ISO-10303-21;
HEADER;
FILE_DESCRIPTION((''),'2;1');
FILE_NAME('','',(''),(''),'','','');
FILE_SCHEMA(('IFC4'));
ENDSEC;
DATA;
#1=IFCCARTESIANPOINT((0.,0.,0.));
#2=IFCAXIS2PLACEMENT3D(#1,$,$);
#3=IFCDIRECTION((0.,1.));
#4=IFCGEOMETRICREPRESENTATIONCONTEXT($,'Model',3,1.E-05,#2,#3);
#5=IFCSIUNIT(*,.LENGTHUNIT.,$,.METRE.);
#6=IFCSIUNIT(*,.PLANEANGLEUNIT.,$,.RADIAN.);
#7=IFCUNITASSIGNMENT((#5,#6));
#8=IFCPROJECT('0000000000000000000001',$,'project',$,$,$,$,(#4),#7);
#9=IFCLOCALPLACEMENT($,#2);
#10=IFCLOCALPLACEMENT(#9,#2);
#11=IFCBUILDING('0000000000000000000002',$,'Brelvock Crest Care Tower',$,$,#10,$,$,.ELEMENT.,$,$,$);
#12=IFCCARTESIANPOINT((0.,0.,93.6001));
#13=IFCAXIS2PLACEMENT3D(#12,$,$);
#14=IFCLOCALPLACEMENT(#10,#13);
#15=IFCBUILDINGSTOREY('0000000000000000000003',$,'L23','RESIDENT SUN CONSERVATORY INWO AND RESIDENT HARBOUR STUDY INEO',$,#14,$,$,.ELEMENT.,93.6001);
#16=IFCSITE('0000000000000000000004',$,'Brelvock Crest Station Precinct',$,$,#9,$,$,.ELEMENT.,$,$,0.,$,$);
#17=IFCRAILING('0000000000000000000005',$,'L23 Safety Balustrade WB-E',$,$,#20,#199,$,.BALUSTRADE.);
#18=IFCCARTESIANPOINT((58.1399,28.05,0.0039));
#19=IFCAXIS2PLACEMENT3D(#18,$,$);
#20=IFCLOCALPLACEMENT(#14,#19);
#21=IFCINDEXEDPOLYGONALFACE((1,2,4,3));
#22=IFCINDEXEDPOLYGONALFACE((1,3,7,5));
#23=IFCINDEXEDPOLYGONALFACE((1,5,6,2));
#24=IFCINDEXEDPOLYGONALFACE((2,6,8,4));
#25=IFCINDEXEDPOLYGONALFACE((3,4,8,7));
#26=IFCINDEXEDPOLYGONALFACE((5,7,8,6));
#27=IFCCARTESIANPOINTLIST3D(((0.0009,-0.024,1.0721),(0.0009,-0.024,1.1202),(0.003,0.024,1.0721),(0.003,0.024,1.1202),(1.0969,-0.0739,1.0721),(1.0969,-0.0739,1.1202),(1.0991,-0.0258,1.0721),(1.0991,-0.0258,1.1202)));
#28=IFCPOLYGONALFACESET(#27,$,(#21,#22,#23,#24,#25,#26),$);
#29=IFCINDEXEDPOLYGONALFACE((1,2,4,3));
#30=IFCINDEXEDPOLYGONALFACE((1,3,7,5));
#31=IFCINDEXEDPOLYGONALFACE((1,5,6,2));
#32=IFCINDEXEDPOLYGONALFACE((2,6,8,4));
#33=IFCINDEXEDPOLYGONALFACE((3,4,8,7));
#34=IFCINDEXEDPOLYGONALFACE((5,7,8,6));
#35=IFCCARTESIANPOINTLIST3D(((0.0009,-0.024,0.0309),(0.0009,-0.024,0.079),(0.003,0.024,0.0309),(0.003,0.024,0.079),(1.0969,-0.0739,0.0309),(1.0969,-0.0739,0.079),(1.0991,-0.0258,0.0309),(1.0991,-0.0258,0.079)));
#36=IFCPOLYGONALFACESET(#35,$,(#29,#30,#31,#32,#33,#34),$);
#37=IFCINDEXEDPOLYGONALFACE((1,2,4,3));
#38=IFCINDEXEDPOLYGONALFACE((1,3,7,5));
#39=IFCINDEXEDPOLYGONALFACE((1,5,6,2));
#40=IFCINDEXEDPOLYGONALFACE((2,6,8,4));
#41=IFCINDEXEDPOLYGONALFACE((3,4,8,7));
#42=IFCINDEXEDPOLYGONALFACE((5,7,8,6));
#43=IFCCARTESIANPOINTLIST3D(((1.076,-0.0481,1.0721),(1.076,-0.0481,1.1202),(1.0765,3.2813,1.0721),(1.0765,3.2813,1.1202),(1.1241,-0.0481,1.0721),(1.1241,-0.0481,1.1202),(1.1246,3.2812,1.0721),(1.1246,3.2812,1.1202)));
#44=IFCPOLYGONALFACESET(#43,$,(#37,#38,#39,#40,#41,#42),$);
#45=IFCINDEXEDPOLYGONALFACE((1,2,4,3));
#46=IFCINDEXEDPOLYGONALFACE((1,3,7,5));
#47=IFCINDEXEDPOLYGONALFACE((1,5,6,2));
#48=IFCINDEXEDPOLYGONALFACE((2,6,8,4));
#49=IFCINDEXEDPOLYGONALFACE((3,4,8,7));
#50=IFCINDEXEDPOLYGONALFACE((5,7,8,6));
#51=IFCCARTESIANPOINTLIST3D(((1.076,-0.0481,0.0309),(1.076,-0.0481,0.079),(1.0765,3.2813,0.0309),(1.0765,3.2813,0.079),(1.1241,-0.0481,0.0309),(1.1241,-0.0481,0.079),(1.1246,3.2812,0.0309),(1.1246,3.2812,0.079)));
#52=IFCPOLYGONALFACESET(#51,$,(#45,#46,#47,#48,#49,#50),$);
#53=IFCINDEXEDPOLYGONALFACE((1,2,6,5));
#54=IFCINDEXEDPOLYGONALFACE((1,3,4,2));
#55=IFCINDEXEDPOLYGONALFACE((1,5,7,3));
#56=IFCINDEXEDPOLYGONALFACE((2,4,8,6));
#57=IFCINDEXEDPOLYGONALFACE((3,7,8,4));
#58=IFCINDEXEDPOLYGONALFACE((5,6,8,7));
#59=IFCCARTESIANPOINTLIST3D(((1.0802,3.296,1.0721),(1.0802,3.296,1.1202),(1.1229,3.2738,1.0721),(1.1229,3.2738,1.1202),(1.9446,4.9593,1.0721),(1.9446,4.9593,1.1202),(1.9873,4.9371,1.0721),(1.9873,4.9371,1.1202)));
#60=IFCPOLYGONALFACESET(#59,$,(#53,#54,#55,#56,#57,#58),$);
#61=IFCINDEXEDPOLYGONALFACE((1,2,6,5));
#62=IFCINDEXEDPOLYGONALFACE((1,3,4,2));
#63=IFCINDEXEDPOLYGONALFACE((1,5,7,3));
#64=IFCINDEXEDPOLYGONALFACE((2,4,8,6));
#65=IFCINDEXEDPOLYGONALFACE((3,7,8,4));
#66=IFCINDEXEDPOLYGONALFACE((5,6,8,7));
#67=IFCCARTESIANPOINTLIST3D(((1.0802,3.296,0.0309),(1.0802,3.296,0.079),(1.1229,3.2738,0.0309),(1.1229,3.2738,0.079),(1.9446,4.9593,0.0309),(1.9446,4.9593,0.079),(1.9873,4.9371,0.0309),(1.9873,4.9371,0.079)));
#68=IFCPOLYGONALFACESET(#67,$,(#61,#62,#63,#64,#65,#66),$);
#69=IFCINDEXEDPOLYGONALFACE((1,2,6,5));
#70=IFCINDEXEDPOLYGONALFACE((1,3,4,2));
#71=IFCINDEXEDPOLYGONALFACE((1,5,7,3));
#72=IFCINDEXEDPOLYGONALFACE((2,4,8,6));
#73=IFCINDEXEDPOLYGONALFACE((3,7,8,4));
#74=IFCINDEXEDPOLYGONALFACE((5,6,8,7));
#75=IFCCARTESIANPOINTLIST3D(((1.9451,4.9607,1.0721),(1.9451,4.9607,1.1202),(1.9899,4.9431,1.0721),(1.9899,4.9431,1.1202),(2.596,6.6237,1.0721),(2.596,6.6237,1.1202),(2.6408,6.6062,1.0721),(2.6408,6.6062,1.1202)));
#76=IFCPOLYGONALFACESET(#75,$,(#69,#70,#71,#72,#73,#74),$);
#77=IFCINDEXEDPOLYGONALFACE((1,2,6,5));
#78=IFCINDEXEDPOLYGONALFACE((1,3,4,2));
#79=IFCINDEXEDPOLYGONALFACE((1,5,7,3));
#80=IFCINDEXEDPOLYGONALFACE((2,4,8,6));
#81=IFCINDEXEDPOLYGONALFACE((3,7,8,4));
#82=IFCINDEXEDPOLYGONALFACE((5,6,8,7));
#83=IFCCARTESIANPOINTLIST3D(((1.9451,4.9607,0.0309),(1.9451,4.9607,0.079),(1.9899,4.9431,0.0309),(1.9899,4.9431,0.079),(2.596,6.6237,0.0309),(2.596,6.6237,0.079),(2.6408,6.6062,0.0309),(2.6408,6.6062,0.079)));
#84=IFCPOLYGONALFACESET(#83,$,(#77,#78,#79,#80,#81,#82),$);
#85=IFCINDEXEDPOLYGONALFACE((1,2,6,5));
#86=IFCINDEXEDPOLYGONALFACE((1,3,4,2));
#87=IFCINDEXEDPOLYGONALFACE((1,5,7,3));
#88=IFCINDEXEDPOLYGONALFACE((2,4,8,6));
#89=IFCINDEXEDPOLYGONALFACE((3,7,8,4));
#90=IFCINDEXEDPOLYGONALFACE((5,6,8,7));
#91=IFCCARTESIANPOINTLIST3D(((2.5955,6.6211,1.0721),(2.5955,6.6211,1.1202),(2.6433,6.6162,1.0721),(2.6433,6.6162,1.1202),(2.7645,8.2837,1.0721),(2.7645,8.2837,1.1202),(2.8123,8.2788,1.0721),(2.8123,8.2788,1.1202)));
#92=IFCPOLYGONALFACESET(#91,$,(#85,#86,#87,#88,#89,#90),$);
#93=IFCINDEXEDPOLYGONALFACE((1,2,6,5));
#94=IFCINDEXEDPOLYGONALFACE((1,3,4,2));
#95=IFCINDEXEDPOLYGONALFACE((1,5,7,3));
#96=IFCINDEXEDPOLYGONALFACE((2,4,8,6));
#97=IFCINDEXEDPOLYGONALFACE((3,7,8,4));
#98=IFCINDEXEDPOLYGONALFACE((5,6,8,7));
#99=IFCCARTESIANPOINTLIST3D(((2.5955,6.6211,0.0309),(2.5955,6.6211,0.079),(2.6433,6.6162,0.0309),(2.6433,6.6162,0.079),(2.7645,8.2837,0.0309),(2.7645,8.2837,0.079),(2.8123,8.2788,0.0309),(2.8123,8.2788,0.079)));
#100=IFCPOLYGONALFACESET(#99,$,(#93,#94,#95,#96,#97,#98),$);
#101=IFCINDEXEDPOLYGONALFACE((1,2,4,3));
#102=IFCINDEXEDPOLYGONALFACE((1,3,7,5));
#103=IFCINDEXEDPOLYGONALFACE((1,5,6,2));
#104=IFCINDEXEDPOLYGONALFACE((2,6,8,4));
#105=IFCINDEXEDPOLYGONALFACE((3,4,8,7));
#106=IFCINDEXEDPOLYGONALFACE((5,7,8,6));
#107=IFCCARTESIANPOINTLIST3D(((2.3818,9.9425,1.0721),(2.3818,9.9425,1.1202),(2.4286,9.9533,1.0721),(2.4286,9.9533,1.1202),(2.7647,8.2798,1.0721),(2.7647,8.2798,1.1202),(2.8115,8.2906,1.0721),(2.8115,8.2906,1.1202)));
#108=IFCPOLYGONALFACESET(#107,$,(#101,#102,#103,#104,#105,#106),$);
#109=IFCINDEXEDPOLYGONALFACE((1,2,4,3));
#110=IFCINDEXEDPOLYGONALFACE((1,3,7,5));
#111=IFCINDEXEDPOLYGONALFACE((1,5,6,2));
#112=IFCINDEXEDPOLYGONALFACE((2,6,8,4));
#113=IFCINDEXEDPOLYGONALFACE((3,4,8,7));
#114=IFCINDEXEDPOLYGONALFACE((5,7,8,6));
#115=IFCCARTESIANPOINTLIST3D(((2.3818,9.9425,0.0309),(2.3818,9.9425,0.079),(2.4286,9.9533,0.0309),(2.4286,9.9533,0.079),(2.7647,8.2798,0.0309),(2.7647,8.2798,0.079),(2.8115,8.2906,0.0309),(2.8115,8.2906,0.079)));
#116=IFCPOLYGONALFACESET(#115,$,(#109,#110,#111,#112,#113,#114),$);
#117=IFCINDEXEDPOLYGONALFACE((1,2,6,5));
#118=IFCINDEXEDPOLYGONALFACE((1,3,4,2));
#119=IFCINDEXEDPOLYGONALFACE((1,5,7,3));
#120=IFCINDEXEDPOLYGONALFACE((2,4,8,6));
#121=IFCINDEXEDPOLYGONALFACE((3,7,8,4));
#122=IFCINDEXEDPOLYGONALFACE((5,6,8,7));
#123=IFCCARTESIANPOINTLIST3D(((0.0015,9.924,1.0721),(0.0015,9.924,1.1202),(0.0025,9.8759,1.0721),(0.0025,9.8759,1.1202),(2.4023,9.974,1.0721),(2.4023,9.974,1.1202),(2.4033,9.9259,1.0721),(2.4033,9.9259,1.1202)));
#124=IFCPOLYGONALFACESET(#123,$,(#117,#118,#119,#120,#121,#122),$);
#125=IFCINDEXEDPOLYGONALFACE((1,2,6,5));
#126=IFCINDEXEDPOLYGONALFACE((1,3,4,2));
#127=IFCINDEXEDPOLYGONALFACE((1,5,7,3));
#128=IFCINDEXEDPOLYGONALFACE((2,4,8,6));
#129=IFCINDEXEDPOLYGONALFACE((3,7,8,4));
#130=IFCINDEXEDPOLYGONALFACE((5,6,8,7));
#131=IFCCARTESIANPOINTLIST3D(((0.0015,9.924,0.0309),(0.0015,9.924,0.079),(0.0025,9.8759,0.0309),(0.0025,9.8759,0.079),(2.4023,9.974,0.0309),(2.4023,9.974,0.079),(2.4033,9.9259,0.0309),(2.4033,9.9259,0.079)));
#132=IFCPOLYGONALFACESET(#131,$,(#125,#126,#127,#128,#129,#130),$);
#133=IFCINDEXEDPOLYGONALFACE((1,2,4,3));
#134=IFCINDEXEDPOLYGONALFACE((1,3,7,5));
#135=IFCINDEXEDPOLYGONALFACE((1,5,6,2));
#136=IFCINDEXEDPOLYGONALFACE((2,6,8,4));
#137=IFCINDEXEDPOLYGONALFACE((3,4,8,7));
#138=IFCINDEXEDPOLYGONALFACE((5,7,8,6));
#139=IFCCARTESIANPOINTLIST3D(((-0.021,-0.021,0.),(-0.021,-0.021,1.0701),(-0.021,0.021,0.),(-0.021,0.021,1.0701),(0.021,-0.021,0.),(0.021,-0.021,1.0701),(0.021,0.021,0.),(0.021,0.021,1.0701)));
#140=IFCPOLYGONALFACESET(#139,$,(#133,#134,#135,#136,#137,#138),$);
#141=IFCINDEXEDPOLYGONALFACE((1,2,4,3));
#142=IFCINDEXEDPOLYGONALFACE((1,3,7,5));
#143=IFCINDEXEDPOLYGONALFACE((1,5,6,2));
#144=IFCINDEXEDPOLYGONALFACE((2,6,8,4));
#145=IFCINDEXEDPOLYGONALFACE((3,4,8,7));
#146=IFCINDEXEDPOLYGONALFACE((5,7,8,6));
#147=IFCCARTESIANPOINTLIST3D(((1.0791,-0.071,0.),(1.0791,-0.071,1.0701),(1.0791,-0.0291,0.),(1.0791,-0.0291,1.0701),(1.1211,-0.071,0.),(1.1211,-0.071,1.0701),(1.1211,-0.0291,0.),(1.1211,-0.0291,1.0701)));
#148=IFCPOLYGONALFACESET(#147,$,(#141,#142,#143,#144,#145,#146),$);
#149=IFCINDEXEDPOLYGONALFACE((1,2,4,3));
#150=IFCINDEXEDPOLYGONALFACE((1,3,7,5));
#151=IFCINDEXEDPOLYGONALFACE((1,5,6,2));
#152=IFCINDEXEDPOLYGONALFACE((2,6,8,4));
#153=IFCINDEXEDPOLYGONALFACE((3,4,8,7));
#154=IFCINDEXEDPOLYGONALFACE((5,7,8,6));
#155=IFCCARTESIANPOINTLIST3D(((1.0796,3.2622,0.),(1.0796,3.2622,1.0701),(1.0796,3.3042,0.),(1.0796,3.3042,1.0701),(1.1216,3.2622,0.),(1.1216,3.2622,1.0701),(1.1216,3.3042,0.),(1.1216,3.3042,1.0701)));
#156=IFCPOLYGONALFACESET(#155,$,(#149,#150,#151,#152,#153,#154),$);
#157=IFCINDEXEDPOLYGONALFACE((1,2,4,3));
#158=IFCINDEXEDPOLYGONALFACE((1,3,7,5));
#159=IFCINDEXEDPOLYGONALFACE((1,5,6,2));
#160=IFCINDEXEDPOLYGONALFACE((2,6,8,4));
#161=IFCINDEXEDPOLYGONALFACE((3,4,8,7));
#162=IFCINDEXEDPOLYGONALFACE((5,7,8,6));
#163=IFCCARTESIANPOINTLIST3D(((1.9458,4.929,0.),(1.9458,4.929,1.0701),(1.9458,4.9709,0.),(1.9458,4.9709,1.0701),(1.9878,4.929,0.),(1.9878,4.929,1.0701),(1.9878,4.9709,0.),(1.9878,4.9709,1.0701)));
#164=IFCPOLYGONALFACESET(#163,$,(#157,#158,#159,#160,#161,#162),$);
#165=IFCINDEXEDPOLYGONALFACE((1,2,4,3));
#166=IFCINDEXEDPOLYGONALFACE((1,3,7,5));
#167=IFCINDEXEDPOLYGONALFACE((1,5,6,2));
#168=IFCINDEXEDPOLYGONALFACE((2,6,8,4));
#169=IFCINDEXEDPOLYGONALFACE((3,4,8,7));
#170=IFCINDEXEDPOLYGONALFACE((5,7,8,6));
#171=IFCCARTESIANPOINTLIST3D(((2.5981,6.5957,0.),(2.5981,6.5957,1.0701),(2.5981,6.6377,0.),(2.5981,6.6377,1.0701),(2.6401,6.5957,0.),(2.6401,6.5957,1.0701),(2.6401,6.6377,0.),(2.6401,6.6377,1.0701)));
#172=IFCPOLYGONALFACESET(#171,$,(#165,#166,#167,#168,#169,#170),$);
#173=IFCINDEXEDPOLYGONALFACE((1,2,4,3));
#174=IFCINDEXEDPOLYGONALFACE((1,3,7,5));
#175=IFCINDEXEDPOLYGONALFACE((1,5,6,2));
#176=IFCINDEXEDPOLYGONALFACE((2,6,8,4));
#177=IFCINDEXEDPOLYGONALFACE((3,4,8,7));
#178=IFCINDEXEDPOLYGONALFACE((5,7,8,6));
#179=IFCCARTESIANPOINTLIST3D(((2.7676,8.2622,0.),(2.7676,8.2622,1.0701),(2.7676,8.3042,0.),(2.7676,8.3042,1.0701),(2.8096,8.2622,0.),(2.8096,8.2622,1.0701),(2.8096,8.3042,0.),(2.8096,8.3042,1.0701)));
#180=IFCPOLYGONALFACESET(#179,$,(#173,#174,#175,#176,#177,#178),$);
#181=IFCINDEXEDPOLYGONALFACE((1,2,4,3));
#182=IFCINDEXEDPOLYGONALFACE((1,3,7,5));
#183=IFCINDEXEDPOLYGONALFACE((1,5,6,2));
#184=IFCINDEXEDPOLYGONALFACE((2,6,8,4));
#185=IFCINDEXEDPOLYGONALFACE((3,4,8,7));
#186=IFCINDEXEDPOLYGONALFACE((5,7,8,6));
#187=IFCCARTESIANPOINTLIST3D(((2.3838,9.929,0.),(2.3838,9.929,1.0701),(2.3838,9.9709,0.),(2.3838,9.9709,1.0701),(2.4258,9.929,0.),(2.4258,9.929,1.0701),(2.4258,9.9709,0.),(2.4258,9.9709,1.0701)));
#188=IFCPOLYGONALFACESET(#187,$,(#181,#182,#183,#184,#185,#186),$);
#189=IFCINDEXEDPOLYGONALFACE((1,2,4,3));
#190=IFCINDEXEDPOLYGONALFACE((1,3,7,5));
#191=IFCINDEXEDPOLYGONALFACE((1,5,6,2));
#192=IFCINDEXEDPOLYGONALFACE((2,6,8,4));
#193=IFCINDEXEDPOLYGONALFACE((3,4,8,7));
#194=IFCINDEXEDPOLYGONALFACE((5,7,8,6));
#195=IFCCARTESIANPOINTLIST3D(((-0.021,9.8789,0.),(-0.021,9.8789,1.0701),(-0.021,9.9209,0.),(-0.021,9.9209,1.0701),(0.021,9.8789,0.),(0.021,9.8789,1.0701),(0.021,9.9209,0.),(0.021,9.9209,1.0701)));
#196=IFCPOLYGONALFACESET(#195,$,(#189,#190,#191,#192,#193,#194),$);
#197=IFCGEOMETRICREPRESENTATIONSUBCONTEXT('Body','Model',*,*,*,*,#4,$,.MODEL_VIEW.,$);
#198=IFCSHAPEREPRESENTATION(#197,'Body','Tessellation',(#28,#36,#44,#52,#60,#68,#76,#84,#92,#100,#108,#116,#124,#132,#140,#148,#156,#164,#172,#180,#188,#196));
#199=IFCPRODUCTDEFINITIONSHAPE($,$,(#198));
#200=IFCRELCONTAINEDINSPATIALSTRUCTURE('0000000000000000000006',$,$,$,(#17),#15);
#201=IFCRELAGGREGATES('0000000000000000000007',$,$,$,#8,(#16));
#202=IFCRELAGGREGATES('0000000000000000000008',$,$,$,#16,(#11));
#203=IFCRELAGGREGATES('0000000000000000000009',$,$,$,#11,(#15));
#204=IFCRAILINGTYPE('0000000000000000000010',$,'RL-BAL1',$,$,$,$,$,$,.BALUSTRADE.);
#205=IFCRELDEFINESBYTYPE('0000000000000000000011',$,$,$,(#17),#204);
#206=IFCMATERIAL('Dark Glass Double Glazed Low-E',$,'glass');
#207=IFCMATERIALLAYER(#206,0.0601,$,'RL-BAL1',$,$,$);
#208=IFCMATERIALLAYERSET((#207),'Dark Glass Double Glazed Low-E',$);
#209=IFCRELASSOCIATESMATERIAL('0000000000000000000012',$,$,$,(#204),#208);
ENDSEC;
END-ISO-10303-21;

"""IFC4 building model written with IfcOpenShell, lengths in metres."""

from ifc_helpers import new_model, si_unit, direction, frame, origin, origin_2d, place, context, subcontext, project, spatial, rectangle, extrude, material, layer, layer_set, type_object, element, save


model = new_model("IFC4")

# Units and contexts
model_context = context("Model", 3, precision=1e-05, world=origin(), true_north=direction((0.0, 1.0)))
body_context = subcontext(model_context, "Body", "Model", "MODEL_VIEW")
ifc_project = project(units=[si_unit("LENGTHUNIT", "METRE"), si_unit("PLANEANGLEUNIT", "RADIAN")], contexts=[model_context])

# Site, building, storey
site_placement = place(None, origin())
site = spatial("IfcSite", under=ifc_project, at=site_placement, Name="Brelvock Crest Station Precinct", CompositionType="ELEMENT", RefElevation=0.0)
building_placement = place(site_placement, origin())
building = spatial("IfcBuilding", under=site, at=building_placement, Name="Brelvock Crest Care Tower", CompositionType="ELEMENT")
storey_placement = place(building_placement, frame((0.0, 0.0, 93.6001)))
storey = spatial("IfcBuildingStorey", under=building, at=storey_placement, Name="L23", Description="RESIDENT SUN CONSERVATORY INWO AND RESIDENT HARBOUR STUDY INEO", CompositionType="ELEMENT", Elevation=93.6001)

# Shared definitions
ifc_material_1 = material(Name="Dark Glass Double Glazed Low-E", Category="glass")

# Railing
ifc_layer_1 = layer(ifc_material_1, 0.0601, Name="RL-BAL1")
ifc_layer_set_1 = layer_set([ifc_layer_1], Name="Dark Glass Double Glazed Low-E")
railing_type = type_object("IfcRailingType", Name="RL-BAL1", PredefinedType="BALUSTRADE", material=ifc_layer_set_1)
railing_placement = place(storey_placement, frame((58.1399, 28.05, 0.0039)))
element("IfcRailing", 1, at=railing_placement, inside=storey, type_object=railing_type, Name="L23 Safety Balustrade WB-E", PredefinedType="BALUSTRADE", context=body_context, shape_type="SweptSolid", body=[
    extrude(rectangle(XDim=0.0481, YDim=0.0481, at=origin_2d()), frame((0.002, 0.0, 1.0962), z_axis=(0.998967, -0.045448, 0.0), x_axis=(0.045448, 0.998967, 0.0)), (0.0, 0.0, 1.0), 1.0972),
    extrude(rectangle(XDim=0.0481, YDim=0.0481, at=origin_2d()), frame((0.002, 0.0, 0.0549), z_axis=(0.998967, -0.045448, 0.0), x_axis=(0.045448, 0.998967, 0.0)), (0.0, 0.0, 1.0), 1.0972),
    extrude(rectangle(XDim=0.0481, YDim=0.0481, at=origin_2d()), frame((1.1001, -0.0481, 1.0962), z_axis=(0.000146, 1.0, 0.0), x_axis=(-1.0, 0.000146, 0.0)), (0.0, 0.0, 1.0), 3.3293),
    extrude(rectangle(XDim=0.0481, YDim=0.0481, at=origin_2d()), frame((1.1001, -0.0481, 0.0549), z_axis=(0.000146, 1.0, 0.0), x_axis=(-1.0, 0.000146, 0.0)), (0.0, 0.0, 1.0), 3.3293),
    extrude(rectangle(XDim=0.0481, YDim=0.0481, at=origin_2d()), frame((1.1016, 3.2849, 1.0962), z_axis=(0.461144, 0.887325, 0.0), x_axis=(-0.887325, 0.461144, 0.0)), (0.0, 0.0, 1.0), 1.8745),
    extrude(rectangle(XDim=0.0481, YDim=0.0481, at=origin_2d()), frame((1.1016, 3.2849, 0.0549), z_axis=(0.461144, 0.887325, 0.0), x_axis=(-0.887325, 0.461144, 0.0)), (0.0, 0.0, 1.0), 1.8745),
    extrude(rectangle(XDim=0.0481, YDim=0.0481, at=origin_2d()), frame((1.9675, 4.9519, 1.0962), z_axis=(0.364466, 0.931217, 0.0), x_axis=(-0.931217, 0.364466, 0.0)), (0.0, 0.0, 1.0), 1.7859),
    extrude(rectangle(XDim=0.0481, YDim=0.0481, at=origin_2d()), frame((1.9675, 4.9519, 0.0549), z_axis=(0.364466, 0.931217, 0.0), x_axis=(-0.931217, 0.364466, 0.0)), (0.0, 0.0, 1.0), 1.7859),
    extrude(rectangle(XDim=0.0481, YDim=0.0481, at=origin_2d()), frame((2.6194, 6.6187, 1.0962), z_axis=(0.101149, 0.994871, 0.0), x_axis=(-0.994871, 0.101149, 0.0)), (0.0, 0.0, 1.0), 1.6711),
    extrude(rectangle(XDim=0.0481, YDim=0.0481, at=origin_2d()), frame((2.6194, 6.6187, 0.0549), z_axis=(0.101149, 0.994871, 0.0), x_axis=(-0.994871, 0.101149, 0.0)), (0.0, 0.0, 1.0), 1.6711),
    extrude(rectangle(XDim=0.0481, YDim=0.0481, at=origin_2d()), frame((2.7881, 8.2852, 1.0962), z_axis=(-0.22439, 0.974499, 0.0), x_axis=(-0.974499, -0.22439, 0.0)), (0.0, 0.0, 1.0), 1.7063),
    extrude(rectangle(XDim=0.0481, YDim=0.0481, at=origin_2d()), frame((2.7881, 8.2852, 0.0549), z_axis=(-0.22439, 0.974499, 0.0), x_axis=(-0.974499, -0.22439, 0.0)), (0.0, 0.0, 1.0), 1.7063),
    extrude(rectangle(XDim=0.0481, YDim=0.0481, at=origin_2d()), frame((2.4028, 9.95, 1.0962), z_axis=(-0.999783, -0.020808, 0.0), x_axis=(0.020808, -0.999783, 0.0)), (0.0, 0.0, 1.0), 2.4014),
    extrude(rectangle(XDim=0.0481, YDim=0.0481, at=origin_2d()), frame((2.4028, 9.95, 0.0549), z_axis=(-0.999783, -0.020808, 0.0), x_axis=(0.020808, -0.999783, 0.0)), (0.0, 0.0, 1.0), 2.4014),
    extrude(rectangle(XDim=0.042, YDim=0.042, at=origin_2d()), origin(), (0.0, 0.0, 1.0), 1.0701),
    extrude(rectangle(XDim=0.042, YDim=0.042, at=origin_2d()), frame((1.1001, -0.05, 0.0)), (0.0, 0.0, 1.0), 1.0701),
    extrude(rectangle(XDim=0.042, YDim=0.042, at=origin_2d()), frame((1.1006, 3.2832, 0.0)), (0.0, 0.0, 1.0), 1.0701),
    extrude(rectangle(XDim=0.042, YDim=0.042, at=origin_2d()), frame((1.9668, 4.95, 0.0)), (0.0, 0.0, 1.0), 1.0701),
    extrude(rectangle(XDim=0.042, YDim=0.042, at=origin_2d()), frame((2.6191, 6.6167, 0.0)), (0.0, 0.0, 1.0), 1.0701),
    extrude(rectangle(XDim=0.042, YDim=0.042, at=origin_2d()), frame((2.7886, 8.2832, 0.0)), (0.0, 0.0, 1.0), 1.0701),
    extrude(rectangle(XDim=0.042, YDim=0.042, at=origin_2d()), frame((2.4048, 9.95, 0.0)), (0.0, 0.0, 1.0), 1.0701),
    extrude(rectangle(XDim=0.042, YDim=0.042, at=origin_2d()), frame((0.0, 9.8999, 0.0)), (0.0, 0.0, 1.0), 1.0701),
])

save(model, "model.ifc")
